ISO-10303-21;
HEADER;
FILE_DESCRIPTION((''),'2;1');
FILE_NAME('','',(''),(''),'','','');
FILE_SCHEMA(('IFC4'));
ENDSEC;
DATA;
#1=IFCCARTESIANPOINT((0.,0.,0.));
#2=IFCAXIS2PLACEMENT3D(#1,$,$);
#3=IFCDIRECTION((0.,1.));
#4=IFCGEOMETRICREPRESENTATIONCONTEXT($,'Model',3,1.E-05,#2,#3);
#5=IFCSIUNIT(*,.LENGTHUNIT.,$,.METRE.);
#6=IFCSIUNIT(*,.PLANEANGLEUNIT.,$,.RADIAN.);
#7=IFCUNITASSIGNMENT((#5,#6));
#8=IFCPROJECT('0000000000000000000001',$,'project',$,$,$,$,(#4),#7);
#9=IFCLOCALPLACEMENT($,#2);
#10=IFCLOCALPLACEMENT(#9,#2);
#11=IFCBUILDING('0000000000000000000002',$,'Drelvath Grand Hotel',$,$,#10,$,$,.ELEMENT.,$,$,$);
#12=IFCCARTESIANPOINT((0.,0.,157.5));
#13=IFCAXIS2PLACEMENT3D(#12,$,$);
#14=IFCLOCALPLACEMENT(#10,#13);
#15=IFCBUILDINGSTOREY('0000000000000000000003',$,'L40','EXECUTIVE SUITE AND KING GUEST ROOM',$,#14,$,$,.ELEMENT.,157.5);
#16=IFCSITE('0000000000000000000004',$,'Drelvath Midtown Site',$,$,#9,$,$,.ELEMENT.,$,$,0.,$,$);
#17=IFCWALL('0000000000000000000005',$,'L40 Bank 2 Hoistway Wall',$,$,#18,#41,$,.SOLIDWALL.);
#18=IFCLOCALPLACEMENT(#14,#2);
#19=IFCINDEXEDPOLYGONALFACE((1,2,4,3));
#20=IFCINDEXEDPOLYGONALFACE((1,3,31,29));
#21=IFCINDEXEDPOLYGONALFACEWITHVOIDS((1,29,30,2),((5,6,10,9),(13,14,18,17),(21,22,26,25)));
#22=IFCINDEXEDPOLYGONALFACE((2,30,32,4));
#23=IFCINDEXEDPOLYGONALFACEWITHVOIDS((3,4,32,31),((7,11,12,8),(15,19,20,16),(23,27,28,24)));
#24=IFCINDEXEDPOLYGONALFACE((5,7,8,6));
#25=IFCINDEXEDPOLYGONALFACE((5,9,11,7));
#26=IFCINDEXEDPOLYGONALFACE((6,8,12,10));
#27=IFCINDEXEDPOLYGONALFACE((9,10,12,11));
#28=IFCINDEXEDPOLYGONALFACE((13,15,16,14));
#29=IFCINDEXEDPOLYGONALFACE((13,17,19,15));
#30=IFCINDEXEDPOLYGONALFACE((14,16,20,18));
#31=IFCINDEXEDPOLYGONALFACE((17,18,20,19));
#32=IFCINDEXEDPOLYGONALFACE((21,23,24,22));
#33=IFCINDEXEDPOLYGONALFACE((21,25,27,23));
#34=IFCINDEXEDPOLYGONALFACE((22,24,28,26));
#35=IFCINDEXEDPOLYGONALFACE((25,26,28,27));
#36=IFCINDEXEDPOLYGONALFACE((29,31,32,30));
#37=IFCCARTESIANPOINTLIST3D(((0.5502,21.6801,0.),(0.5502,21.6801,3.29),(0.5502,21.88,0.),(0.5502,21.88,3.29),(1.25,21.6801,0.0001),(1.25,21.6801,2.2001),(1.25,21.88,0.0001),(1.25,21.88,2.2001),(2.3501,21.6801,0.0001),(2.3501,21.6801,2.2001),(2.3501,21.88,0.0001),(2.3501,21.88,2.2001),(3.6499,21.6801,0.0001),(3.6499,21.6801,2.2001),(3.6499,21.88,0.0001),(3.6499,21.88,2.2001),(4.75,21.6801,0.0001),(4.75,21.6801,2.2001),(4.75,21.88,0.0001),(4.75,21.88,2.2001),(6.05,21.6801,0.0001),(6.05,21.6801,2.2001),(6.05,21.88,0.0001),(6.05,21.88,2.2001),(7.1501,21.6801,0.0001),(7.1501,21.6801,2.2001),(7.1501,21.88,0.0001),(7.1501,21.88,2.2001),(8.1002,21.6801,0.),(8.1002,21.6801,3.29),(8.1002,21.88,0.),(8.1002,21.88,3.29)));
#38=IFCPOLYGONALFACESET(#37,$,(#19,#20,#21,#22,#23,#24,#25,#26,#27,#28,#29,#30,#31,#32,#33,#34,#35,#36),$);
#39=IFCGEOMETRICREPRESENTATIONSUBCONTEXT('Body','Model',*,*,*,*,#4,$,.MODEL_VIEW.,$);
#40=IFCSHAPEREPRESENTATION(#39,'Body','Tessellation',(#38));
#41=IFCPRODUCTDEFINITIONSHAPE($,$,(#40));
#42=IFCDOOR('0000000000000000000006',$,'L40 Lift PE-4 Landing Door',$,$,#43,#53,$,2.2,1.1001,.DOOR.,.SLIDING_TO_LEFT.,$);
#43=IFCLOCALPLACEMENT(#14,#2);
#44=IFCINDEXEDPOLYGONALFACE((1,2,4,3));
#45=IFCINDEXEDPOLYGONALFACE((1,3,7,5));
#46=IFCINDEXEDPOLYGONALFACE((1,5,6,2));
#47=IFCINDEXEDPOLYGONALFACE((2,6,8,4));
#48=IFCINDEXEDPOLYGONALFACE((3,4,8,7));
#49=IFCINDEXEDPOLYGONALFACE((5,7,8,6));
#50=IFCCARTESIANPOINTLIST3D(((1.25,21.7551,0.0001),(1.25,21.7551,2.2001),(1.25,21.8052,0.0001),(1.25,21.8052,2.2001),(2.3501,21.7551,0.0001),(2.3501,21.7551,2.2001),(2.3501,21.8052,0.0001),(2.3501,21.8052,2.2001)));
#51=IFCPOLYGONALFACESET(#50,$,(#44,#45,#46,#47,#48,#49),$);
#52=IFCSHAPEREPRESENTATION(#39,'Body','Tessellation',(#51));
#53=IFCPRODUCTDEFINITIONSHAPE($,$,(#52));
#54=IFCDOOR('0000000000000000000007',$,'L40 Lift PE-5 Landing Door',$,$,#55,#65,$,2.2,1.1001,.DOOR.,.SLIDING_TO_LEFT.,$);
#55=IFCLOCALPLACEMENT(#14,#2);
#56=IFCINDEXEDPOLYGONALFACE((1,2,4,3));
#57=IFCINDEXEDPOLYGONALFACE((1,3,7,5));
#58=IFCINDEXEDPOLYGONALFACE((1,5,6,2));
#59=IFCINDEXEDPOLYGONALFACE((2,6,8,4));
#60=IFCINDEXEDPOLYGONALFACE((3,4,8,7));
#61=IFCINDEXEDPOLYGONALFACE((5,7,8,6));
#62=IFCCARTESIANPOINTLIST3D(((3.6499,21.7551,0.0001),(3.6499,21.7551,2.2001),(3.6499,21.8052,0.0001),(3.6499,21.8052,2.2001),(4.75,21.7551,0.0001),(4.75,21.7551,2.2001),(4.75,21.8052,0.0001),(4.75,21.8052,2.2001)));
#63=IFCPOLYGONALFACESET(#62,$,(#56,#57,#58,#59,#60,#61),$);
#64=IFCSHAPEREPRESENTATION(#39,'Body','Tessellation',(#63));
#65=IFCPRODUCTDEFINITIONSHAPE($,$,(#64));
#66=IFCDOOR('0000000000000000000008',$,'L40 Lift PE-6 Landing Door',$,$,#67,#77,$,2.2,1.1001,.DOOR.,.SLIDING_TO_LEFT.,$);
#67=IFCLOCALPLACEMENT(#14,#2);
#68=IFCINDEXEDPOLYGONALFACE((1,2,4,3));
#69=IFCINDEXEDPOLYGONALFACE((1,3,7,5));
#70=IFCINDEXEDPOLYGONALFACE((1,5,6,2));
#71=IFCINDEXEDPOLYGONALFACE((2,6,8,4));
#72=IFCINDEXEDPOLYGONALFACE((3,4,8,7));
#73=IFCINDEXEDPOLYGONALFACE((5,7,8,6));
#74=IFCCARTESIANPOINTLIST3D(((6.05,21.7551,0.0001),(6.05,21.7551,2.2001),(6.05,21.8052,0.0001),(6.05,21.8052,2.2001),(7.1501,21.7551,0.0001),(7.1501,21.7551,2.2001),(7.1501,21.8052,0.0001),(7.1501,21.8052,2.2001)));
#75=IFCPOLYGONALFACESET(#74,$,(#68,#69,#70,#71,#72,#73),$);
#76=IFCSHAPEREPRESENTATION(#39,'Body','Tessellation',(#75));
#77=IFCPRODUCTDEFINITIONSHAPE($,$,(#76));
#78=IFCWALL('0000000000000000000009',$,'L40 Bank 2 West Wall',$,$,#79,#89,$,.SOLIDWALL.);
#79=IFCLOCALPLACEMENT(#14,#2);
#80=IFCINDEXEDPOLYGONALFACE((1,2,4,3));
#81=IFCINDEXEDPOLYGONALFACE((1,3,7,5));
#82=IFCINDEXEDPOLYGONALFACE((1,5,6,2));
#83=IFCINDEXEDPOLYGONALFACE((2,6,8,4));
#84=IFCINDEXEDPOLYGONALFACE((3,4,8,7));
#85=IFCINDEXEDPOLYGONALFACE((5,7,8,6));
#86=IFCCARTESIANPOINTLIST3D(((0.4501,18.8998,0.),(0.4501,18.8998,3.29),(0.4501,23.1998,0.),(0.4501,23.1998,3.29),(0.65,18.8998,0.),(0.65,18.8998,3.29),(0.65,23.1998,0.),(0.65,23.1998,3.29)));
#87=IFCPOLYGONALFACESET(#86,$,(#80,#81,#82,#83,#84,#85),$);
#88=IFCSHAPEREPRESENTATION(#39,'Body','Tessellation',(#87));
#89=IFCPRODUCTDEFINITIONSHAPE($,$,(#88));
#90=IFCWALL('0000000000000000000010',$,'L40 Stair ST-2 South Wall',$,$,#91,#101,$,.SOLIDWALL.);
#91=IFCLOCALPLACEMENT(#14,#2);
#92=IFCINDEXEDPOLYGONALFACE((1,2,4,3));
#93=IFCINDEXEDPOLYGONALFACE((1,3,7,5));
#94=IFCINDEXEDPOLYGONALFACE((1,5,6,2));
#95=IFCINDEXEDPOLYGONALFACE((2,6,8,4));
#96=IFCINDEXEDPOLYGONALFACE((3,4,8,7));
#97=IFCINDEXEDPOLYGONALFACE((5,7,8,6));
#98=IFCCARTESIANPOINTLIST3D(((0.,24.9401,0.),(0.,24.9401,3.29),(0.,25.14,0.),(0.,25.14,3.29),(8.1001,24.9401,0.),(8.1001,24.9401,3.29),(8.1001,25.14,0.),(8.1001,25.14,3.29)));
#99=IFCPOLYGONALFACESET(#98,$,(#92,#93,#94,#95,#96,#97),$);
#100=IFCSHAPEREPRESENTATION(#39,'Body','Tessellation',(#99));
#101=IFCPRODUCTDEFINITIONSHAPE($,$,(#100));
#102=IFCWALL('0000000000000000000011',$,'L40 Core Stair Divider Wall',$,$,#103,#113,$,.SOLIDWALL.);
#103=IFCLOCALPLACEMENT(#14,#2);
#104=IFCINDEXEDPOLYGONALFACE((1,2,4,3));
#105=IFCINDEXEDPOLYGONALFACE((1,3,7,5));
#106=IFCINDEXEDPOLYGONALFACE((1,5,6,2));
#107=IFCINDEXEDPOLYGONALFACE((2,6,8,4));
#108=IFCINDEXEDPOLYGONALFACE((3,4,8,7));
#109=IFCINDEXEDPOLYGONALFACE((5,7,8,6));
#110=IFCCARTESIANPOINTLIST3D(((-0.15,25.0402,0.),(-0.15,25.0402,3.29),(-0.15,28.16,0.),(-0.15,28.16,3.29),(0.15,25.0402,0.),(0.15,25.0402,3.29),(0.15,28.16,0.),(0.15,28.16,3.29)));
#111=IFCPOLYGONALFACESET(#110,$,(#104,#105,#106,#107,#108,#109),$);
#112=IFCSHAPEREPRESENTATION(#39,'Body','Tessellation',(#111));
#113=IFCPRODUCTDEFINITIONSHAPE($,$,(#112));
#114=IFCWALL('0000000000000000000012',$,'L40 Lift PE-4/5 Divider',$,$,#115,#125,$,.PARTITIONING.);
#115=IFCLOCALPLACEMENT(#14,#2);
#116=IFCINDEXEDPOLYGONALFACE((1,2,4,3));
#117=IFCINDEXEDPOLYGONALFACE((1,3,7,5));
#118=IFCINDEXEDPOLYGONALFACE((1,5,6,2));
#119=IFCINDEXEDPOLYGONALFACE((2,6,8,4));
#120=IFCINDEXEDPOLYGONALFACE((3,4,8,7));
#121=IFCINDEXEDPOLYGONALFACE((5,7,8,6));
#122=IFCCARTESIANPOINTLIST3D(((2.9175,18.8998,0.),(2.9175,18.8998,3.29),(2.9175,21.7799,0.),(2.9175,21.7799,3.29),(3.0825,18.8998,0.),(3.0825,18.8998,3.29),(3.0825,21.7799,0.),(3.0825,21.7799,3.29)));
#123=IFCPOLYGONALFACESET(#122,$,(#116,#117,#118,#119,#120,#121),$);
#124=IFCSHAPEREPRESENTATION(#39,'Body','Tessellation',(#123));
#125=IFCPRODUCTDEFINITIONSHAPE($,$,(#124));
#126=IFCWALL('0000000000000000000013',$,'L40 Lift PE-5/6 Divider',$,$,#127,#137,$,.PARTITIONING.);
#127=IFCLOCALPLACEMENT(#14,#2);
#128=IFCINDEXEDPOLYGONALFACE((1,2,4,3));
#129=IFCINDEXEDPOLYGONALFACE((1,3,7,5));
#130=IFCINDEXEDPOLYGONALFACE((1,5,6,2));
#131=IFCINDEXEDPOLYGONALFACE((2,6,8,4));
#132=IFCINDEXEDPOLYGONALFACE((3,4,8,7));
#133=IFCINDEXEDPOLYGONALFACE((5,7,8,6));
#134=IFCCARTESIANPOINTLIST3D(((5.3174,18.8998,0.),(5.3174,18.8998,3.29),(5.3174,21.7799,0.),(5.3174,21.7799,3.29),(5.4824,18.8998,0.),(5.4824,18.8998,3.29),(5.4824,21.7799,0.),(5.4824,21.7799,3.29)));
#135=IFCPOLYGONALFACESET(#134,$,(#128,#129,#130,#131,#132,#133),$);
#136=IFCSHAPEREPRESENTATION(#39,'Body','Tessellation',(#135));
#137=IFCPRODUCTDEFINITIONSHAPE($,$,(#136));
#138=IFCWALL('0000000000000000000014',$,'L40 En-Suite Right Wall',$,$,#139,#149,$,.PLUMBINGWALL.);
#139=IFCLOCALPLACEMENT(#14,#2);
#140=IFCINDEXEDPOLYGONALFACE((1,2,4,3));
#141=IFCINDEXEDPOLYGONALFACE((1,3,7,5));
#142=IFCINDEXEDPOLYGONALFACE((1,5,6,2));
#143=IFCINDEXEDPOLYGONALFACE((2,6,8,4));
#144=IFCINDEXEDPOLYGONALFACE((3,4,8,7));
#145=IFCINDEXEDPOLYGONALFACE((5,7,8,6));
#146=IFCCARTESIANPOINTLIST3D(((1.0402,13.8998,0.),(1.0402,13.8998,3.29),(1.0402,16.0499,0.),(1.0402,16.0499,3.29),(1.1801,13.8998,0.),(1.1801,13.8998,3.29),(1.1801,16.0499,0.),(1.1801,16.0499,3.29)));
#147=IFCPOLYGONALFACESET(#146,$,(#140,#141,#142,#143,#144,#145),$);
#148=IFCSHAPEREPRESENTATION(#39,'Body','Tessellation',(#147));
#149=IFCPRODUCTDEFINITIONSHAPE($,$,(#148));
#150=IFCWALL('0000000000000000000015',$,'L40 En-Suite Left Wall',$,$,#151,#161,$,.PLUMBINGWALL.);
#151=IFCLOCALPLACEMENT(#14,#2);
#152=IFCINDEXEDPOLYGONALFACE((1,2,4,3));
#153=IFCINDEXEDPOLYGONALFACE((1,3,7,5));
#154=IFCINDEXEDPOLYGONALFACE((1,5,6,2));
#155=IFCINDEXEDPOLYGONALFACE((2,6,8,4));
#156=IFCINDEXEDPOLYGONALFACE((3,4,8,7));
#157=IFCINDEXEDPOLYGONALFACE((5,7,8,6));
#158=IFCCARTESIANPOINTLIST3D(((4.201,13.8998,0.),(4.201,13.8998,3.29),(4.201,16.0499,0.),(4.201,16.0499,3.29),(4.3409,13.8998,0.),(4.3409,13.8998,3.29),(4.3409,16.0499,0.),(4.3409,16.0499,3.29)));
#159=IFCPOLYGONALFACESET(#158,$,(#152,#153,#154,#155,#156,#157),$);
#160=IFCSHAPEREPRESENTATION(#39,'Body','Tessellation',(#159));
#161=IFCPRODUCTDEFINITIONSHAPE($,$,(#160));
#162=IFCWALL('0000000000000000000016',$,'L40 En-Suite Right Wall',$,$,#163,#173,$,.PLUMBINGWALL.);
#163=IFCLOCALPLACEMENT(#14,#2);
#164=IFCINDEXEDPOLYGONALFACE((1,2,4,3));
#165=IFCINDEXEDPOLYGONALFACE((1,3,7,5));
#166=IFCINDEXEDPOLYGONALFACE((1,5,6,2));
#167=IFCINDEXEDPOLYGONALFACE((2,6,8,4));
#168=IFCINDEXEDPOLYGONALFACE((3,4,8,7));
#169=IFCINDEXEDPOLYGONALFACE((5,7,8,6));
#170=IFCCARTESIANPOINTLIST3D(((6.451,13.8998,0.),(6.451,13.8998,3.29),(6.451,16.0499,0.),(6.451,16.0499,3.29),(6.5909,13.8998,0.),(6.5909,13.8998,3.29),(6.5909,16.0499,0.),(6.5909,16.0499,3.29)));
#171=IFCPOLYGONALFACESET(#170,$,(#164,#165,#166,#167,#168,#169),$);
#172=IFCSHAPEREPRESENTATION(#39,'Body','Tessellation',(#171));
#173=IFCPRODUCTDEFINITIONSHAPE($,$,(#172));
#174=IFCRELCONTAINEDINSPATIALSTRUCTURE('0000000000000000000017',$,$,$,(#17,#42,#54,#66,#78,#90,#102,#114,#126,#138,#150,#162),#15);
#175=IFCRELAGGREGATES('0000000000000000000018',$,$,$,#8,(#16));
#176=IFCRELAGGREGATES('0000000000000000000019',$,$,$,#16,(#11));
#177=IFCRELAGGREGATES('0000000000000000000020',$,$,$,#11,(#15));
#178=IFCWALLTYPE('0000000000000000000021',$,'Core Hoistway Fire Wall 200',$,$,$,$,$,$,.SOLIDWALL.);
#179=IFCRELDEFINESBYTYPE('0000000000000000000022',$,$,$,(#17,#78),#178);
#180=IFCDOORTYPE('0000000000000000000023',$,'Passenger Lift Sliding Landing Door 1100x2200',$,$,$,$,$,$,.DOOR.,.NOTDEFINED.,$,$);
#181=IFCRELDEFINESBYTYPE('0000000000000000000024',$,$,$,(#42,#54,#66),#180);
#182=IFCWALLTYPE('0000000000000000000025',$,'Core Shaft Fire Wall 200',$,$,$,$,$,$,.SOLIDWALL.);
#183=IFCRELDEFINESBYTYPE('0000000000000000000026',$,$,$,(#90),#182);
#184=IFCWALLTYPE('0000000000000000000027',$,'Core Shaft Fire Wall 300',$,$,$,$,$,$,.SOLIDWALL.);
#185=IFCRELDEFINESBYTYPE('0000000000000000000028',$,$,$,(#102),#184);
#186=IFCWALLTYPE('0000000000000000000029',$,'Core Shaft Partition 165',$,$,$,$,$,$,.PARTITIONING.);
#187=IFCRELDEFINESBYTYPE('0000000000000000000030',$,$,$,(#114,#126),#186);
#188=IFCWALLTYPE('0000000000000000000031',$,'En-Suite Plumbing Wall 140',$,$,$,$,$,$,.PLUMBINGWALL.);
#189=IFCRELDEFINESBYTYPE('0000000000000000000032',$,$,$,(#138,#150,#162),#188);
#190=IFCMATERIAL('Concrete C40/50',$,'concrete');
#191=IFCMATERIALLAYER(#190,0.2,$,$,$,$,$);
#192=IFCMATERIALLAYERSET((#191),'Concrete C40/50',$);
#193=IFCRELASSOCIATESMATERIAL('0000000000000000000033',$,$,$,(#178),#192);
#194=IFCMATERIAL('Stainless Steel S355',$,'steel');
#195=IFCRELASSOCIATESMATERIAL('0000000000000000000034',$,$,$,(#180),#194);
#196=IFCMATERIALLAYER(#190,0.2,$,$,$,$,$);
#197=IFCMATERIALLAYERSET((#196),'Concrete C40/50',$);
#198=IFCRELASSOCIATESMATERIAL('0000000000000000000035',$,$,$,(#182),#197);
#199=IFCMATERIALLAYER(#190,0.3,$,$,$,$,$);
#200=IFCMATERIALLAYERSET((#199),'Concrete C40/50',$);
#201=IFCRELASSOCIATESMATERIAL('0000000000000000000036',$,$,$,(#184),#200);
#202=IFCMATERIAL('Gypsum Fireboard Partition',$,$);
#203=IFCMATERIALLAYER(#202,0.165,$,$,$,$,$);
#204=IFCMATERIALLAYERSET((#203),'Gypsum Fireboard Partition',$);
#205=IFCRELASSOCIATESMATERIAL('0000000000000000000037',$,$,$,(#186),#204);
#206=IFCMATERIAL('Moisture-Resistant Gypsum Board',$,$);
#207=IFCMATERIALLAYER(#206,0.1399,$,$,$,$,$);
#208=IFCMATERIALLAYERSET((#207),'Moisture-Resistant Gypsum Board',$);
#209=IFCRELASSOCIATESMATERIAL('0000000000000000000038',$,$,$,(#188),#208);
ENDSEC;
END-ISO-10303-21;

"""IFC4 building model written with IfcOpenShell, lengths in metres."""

from ifc_helpers import new_model, si_unit, direction, frame, frame_2d, origin, place, context, subcontext, project, spatial, rectangle, extrude, material, layer, layer_set, type_object, element, fill, save


model = new_model("IFC4")

# Units and contexts
model_context = context("Model", 3, precision=1e-05, world=origin(), true_north=direction((0.0, 1.0)))
body_context = subcontext(model_context, "Body", "Model", "MODEL_VIEW")
ifc_project = project(units=[si_unit("LENGTHUNIT", "METRE"), si_unit("PLANEANGLEUNIT", "RADIAN")], contexts=[model_context])

# Site, building, storey
site_placement = place(None, origin())
site = spatial("IfcSite", under=ifc_project, at=site_placement, Name="Drelvath Midtown Site", CompositionType="ELEMENT", RefElevation=0.0)
building_placement = place(site_placement, origin())
building = spatial("IfcBuilding", under=site, at=building_placement, Name="Drelvath Grand Hotel", CompositionType="ELEMENT")
storey_placement = place(building_placement, frame((0.0, 0.0, 157.5)))
storey = spatial("IfcBuildingStorey", under=building, at=storey_placement, Name="L40", Description="EXECUTIVE SUITE AND KING GUEST ROOM", CompositionType="ELEMENT", Elevation=157.5)

# Wall, openings, doors
ifc_material_1 = material(Name="Concrete C40/50", Category="concrete")
ifc_layer_1 = layer(ifc_material_1, 0.2)
ifc_layer_set_1 = layer_set([ifc_layer_1], Name="Concrete C40/50")
wall_type_1 = type_object("IfcWallType", Name="Core Hoistway Fire Wall 200", PredefinedType="SOLIDWALL", material=ifc_layer_set_1)
wall_1_placement = place(storey_placement, frame((8.1001, 21.78, 0.0), z_axis=(0.0, 0.0, 1.0), x_axis=(-1.0, 0.0, 0.0)))
wall_1 = element("IfcWall", 1, at=wall_1_placement, inside=storey, type_object=wall_type_1, Name="L40 Bank 2 Hoistway Wall", PredefinedType="SOLIDWALL", context=body_context, shape_type="SweptSolid", body=[
    extrude(rectangle(XDim=7.55, YDim=0.2, at=frame_2d((3.7749, 0.0))), origin(), (0.0, 0.0, 1.0), 3.29),
])
opening_1_placement = place(wall_1_placement, frame((5.75, 0.0, 0.0)))
opening_1 = element("IfcOpeningElement", 2, at=opening_1_placement, cuts=wall_1, PredefinedType="OPENING", context=body_context, shape_type="SweptSolid", body=[
    extrude(rectangle(XDim=1.1001, YDim=2.2, at=frame_2d((0.55, 1.1001))), frame((0.0, 0.1099, 0.0), z_axis=(0.0, -1.0, 0.0), x_axis=(1.0, 0.0, 0.0)), (0.0, 0.0, 1.0), 0.22),
])
opening_2_placement = place(wall_1_placement, frame((3.3501, 0.0, 0.0)))
opening_2 = element("IfcOpeningElement", 3, at=opening_2_placement, cuts=wall_1, PredefinedType="OPENING", context=body_context, shape_type="SweptSolid", body=[
    extrude(rectangle(XDim=1.1001, YDim=2.2, at=frame_2d((0.55, 1.1001))), frame((0.0, 0.1099, 0.0), z_axis=(0.0, -1.0, 0.0), x_axis=(1.0, 0.0, 0.0)), (0.0, 0.0, 1.0), 0.22),
])
opening_3_placement = place(wall_1_placement, frame((0.95, 0.0, 0.0)))
opening_3 = element("IfcOpeningElement", 4, at=opening_3_placement, cuts=wall_1, PredefinedType="OPENING", context=body_context, shape_type="SweptSolid", body=[
    extrude(rectangle(XDim=1.1001, YDim=2.2, at=frame_2d((0.55, 1.1001))), frame((0.0, 0.1099, 0.0), z_axis=(0.0, -1.0, 0.0), x_axis=(1.0, 0.0, 0.0)), (0.0, 0.0, 1.0), 0.22),
])
ifc_material_2 = material(Name="Stainless Steel S355", Category="steel")
door_type_1 = type_object("IfcDoorType", Name="Passenger Lift Sliding Landing Door 1100x2200", OperationType="NOTDEFINED", PredefinedType="DOOR", material=ifc_material_2)
door_1_placement = place(opening_1_placement, origin())
door_1 = element("IfcDoor", 5, at=door_1_placement, inside=storey, type_object=door_type_1, Name="L40 Lift PE-4 Landing Door", OperationType="SLIDING_TO_LEFT", OverallHeight=2.2, OverallWidth=1.1001, PredefinedType="DOOR", context=body_context, shape_type="SweptSolid", body=[
    extrude(rectangle(XDim=1.1001, YDim=2.2, at=frame_2d((0.55, 1.1001))), frame((0.0, 0.0249, 0.0), z_axis=(0.0, -1.0, 0.0), x_axis=(1.0, 0.0, 0.0)), (0.0, 0.0, 1.0), 0.05),
])
fill(opening_1, door_1)
door_2_placement = place(opening_2_placement, origin())
door_2 = element("IfcDoor", 6, at=door_2_placement, inside=storey, type_object=door_type_1, Name="L40 Lift PE-5 Landing Door", OperationType="SLIDING_TO_LEFT", OverallHeight=2.2, OverallWidth=1.1001, PredefinedType="DOOR", context=body_context, shape_type="SweptSolid", body=[
    extrude(rectangle(XDim=1.1001, YDim=2.2, at=frame_2d((0.55, 1.1001))), frame((0.0, 0.0249, 0.0), z_axis=(0.0, -1.0, 0.0), x_axis=(1.0, 0.0, 0.0)), (0.0, 0.0, 1.0), 0.05),
])
fill(opening_2, door_2)
door_3_placement = place(opening_3_placement, origin())
door_3 = element("IfcDoor", 7, at=door_3_placement, inside=storey, type_object=door_type_1, Name="L40 Lift PE-6 Landing Door", OperationType="SLIDING_TO_LEFT", OverallHeight=2.2, OverallWidth=1.1001, PredefinedType="DOOR", context=body_context, shape_type="SweptSolid", body=[
    extrude(rectangle(XDim=1.1001, YDim=2.2, at=frame_2d((0.55, 1.1001))), frame((0.0, 0.0249, 0.0), z_axis=(0.0, -1.0, 0.0), x_axis=(1.0, 0.0, 0.0)), (0.0, 0.0, 1.0), 0.05),
])
fill(opening_3, door_3)

# Walls
wall_2_placement = place(storey_placement, frame((0.55, 18.8999, 0.0), z_axis=(0.0, 0.0, 1.0), x_axis=(0.0, 1.0, 0.0)))
element("IfcWall", 8, at=wall_2_placement, inside=storey, type_object=wall_type_1, Name="L40 Bank 2 West Wall", PredefinedType="SOLIDWALL", context=body_context, shape_type="SweptSolid", body=[
    extrude(rectangle(XDim=4.3, YDim=0.2, at=frame_2d((2.1499, 0.0))), origin(), (0.0, 0.0, 1.0), 3.29),
])
ifc_layer_2 = layer(ifc_material_1, 0.2)
ifc_layer_set_2 = layer_set([ifc_layer_2], Name="Concrete C40/50")
wall_type_2 = type_object("IfcWallType", Name="Core Shaft Fire Wall 200", PredefinedType="SOLIDWALL", material=ifc_layer_set_2)
wall_3_placement = place(storey_placement, frame((0.0, 25.04, 0.0), z_axis=(0.0, 0.0, 1.0), x_axis=(1.0, 0.0, 0.0)))
element("IfcWall", 9, at=wall_3_placement, inside=storey, type_object=wall_type_2, Name="L40 Stair ST-2 South Wall", PredefinedType="SOLIDWALL", context=body_context, shape_type="SweptSolid", body=[
    extrude(rectangle(XDim=8.1001, YDim=0.2, at=frame_2d((4.05, 0.0))), origin(), (0.0, 0.0, 1.0), 3.29),
])
ifc_layer_3 = layer(ifc_material_1, 0.3)
ifc_layer_set_3 = layer_set([ifc_layer_3], Name="Concrete C40/50")
wall_type_3 = type_object("IfcWallType", Name="Core Shaft Fire Wall 300", PredefinedType="SOLIDWALL", material=ifc_layer_set_3)
wall_4_placement = place(storey_placement, frame((0.0, 25.04, 0.0), z_axis=(0.0, 0.0, 1.0), x_axis=(0.0, 1.0, 0.0)))
element("IfcWall", 10, at=wall_4_placement, inside=storey, type_object=wall_type_3, Name="L40 Core Stair Divider Wall", PredefinedType="SOLIDWALL", context=body_context, shape_type="SweptSolid", body=[
    extrude(rectangle(XDim=3.1199, YDim=0.3, at=frame_2d((1.5601, 0.0))), origin(), (0.0, 0.0, 1.0), 3.29),
])
ifc_material_3 = material(Name="Gypsum Fireboard Partition")
ifc_layer_4 = layer(ifc_material_3, 0.165)
ifc_layer_set_4 = layer_set([ifc_layer_4], Name="Gypsum Fireboard Partition")
wall_type_4 = type_object("IfcWallType", Name="Core Shaft Partition 165", PredefinedType="PARTITIONING", material=ifc_layer_set_4)
for number, where, z_axis, x_axis, name in (
    (11, (3.0, 18.8999, 0.0), (0.0, 0.0, 1.0), (0.0, 1.0, 0.0), "L40 Lift PE-4/5 Divider"),
    (12, (5.3999, 18.8999, 0.0), (0.0, 0.0, 1.0), (0.0, 1.0, 0.0), "L40 Lift PE-5/6 Divider"),
):
    element("IfcWall", number, at=place(storey_placement, frame(where, z_axis=z_axis, x_axis=x_axis)), inside=storey, type_object=wall_type_4, Name=name, PredefinedType="PARTITIONING", context=body_context, shape_type="SweptSolid", body=[
        extrude(rectangle(XDim=2.8801, YDim=0.165, at=frame_2d((1.4399, 0.0))), origin(), (0.0, 0.0, 1.0), 3.29),
    ])
ifc_material_4 = material(Name="Moisture-Resistant Gypsum Board")
ifc_layer_5 = layer(ifc_material_4, 0.1399)
ifc_layer_set_5 = layer_set([ifc_layer_5], Name="Moisture-Resistant Gypsum Board")
wall_type_5 = type_object("IfcWallType", Name="En-Suite Plumbing Wall 140", PredefinedType="PLUMBINGWALL", material=ifc_layer_set_5)
for number, where, z_axis, x_axis, name in (
    (13, (1.1101, 16.05, 0.0), (0.0, 0.0, 1.0), (0.0, -1.0, 0.0), "L40 En-Suite Right Wall"),
    (14, (4.271, 16.05, 0.0), (0.0, 0.0, 1.0), (0.0, -1.0, 0.0), "L40 En-Suite Left Wall"),
    (15, (6.521, 16.05, 0.0), (0.0, 0.0, 1.0), (0.0, -1.0, 0.0), "L40 En-Suite Right Wall"),
):
    element("IfcWall", number, at=place(storey_placement, frame(where, z_axis=z_axis, x_axis=x_axis)), inside=storey, type_object=wall_type_5, Name=name, PredefinedType="PLUMBINGWALL", context=body_context, shape_type="SweptSolid", body=[
        extrude(rectangle(XDim=2.1501, YDim=0.1399, at=frame_2d((1.0752, 0.0))), origin(), (0.0, 0.0, 1.0), 3.29),
    ])

save(model, "model.ifc")
